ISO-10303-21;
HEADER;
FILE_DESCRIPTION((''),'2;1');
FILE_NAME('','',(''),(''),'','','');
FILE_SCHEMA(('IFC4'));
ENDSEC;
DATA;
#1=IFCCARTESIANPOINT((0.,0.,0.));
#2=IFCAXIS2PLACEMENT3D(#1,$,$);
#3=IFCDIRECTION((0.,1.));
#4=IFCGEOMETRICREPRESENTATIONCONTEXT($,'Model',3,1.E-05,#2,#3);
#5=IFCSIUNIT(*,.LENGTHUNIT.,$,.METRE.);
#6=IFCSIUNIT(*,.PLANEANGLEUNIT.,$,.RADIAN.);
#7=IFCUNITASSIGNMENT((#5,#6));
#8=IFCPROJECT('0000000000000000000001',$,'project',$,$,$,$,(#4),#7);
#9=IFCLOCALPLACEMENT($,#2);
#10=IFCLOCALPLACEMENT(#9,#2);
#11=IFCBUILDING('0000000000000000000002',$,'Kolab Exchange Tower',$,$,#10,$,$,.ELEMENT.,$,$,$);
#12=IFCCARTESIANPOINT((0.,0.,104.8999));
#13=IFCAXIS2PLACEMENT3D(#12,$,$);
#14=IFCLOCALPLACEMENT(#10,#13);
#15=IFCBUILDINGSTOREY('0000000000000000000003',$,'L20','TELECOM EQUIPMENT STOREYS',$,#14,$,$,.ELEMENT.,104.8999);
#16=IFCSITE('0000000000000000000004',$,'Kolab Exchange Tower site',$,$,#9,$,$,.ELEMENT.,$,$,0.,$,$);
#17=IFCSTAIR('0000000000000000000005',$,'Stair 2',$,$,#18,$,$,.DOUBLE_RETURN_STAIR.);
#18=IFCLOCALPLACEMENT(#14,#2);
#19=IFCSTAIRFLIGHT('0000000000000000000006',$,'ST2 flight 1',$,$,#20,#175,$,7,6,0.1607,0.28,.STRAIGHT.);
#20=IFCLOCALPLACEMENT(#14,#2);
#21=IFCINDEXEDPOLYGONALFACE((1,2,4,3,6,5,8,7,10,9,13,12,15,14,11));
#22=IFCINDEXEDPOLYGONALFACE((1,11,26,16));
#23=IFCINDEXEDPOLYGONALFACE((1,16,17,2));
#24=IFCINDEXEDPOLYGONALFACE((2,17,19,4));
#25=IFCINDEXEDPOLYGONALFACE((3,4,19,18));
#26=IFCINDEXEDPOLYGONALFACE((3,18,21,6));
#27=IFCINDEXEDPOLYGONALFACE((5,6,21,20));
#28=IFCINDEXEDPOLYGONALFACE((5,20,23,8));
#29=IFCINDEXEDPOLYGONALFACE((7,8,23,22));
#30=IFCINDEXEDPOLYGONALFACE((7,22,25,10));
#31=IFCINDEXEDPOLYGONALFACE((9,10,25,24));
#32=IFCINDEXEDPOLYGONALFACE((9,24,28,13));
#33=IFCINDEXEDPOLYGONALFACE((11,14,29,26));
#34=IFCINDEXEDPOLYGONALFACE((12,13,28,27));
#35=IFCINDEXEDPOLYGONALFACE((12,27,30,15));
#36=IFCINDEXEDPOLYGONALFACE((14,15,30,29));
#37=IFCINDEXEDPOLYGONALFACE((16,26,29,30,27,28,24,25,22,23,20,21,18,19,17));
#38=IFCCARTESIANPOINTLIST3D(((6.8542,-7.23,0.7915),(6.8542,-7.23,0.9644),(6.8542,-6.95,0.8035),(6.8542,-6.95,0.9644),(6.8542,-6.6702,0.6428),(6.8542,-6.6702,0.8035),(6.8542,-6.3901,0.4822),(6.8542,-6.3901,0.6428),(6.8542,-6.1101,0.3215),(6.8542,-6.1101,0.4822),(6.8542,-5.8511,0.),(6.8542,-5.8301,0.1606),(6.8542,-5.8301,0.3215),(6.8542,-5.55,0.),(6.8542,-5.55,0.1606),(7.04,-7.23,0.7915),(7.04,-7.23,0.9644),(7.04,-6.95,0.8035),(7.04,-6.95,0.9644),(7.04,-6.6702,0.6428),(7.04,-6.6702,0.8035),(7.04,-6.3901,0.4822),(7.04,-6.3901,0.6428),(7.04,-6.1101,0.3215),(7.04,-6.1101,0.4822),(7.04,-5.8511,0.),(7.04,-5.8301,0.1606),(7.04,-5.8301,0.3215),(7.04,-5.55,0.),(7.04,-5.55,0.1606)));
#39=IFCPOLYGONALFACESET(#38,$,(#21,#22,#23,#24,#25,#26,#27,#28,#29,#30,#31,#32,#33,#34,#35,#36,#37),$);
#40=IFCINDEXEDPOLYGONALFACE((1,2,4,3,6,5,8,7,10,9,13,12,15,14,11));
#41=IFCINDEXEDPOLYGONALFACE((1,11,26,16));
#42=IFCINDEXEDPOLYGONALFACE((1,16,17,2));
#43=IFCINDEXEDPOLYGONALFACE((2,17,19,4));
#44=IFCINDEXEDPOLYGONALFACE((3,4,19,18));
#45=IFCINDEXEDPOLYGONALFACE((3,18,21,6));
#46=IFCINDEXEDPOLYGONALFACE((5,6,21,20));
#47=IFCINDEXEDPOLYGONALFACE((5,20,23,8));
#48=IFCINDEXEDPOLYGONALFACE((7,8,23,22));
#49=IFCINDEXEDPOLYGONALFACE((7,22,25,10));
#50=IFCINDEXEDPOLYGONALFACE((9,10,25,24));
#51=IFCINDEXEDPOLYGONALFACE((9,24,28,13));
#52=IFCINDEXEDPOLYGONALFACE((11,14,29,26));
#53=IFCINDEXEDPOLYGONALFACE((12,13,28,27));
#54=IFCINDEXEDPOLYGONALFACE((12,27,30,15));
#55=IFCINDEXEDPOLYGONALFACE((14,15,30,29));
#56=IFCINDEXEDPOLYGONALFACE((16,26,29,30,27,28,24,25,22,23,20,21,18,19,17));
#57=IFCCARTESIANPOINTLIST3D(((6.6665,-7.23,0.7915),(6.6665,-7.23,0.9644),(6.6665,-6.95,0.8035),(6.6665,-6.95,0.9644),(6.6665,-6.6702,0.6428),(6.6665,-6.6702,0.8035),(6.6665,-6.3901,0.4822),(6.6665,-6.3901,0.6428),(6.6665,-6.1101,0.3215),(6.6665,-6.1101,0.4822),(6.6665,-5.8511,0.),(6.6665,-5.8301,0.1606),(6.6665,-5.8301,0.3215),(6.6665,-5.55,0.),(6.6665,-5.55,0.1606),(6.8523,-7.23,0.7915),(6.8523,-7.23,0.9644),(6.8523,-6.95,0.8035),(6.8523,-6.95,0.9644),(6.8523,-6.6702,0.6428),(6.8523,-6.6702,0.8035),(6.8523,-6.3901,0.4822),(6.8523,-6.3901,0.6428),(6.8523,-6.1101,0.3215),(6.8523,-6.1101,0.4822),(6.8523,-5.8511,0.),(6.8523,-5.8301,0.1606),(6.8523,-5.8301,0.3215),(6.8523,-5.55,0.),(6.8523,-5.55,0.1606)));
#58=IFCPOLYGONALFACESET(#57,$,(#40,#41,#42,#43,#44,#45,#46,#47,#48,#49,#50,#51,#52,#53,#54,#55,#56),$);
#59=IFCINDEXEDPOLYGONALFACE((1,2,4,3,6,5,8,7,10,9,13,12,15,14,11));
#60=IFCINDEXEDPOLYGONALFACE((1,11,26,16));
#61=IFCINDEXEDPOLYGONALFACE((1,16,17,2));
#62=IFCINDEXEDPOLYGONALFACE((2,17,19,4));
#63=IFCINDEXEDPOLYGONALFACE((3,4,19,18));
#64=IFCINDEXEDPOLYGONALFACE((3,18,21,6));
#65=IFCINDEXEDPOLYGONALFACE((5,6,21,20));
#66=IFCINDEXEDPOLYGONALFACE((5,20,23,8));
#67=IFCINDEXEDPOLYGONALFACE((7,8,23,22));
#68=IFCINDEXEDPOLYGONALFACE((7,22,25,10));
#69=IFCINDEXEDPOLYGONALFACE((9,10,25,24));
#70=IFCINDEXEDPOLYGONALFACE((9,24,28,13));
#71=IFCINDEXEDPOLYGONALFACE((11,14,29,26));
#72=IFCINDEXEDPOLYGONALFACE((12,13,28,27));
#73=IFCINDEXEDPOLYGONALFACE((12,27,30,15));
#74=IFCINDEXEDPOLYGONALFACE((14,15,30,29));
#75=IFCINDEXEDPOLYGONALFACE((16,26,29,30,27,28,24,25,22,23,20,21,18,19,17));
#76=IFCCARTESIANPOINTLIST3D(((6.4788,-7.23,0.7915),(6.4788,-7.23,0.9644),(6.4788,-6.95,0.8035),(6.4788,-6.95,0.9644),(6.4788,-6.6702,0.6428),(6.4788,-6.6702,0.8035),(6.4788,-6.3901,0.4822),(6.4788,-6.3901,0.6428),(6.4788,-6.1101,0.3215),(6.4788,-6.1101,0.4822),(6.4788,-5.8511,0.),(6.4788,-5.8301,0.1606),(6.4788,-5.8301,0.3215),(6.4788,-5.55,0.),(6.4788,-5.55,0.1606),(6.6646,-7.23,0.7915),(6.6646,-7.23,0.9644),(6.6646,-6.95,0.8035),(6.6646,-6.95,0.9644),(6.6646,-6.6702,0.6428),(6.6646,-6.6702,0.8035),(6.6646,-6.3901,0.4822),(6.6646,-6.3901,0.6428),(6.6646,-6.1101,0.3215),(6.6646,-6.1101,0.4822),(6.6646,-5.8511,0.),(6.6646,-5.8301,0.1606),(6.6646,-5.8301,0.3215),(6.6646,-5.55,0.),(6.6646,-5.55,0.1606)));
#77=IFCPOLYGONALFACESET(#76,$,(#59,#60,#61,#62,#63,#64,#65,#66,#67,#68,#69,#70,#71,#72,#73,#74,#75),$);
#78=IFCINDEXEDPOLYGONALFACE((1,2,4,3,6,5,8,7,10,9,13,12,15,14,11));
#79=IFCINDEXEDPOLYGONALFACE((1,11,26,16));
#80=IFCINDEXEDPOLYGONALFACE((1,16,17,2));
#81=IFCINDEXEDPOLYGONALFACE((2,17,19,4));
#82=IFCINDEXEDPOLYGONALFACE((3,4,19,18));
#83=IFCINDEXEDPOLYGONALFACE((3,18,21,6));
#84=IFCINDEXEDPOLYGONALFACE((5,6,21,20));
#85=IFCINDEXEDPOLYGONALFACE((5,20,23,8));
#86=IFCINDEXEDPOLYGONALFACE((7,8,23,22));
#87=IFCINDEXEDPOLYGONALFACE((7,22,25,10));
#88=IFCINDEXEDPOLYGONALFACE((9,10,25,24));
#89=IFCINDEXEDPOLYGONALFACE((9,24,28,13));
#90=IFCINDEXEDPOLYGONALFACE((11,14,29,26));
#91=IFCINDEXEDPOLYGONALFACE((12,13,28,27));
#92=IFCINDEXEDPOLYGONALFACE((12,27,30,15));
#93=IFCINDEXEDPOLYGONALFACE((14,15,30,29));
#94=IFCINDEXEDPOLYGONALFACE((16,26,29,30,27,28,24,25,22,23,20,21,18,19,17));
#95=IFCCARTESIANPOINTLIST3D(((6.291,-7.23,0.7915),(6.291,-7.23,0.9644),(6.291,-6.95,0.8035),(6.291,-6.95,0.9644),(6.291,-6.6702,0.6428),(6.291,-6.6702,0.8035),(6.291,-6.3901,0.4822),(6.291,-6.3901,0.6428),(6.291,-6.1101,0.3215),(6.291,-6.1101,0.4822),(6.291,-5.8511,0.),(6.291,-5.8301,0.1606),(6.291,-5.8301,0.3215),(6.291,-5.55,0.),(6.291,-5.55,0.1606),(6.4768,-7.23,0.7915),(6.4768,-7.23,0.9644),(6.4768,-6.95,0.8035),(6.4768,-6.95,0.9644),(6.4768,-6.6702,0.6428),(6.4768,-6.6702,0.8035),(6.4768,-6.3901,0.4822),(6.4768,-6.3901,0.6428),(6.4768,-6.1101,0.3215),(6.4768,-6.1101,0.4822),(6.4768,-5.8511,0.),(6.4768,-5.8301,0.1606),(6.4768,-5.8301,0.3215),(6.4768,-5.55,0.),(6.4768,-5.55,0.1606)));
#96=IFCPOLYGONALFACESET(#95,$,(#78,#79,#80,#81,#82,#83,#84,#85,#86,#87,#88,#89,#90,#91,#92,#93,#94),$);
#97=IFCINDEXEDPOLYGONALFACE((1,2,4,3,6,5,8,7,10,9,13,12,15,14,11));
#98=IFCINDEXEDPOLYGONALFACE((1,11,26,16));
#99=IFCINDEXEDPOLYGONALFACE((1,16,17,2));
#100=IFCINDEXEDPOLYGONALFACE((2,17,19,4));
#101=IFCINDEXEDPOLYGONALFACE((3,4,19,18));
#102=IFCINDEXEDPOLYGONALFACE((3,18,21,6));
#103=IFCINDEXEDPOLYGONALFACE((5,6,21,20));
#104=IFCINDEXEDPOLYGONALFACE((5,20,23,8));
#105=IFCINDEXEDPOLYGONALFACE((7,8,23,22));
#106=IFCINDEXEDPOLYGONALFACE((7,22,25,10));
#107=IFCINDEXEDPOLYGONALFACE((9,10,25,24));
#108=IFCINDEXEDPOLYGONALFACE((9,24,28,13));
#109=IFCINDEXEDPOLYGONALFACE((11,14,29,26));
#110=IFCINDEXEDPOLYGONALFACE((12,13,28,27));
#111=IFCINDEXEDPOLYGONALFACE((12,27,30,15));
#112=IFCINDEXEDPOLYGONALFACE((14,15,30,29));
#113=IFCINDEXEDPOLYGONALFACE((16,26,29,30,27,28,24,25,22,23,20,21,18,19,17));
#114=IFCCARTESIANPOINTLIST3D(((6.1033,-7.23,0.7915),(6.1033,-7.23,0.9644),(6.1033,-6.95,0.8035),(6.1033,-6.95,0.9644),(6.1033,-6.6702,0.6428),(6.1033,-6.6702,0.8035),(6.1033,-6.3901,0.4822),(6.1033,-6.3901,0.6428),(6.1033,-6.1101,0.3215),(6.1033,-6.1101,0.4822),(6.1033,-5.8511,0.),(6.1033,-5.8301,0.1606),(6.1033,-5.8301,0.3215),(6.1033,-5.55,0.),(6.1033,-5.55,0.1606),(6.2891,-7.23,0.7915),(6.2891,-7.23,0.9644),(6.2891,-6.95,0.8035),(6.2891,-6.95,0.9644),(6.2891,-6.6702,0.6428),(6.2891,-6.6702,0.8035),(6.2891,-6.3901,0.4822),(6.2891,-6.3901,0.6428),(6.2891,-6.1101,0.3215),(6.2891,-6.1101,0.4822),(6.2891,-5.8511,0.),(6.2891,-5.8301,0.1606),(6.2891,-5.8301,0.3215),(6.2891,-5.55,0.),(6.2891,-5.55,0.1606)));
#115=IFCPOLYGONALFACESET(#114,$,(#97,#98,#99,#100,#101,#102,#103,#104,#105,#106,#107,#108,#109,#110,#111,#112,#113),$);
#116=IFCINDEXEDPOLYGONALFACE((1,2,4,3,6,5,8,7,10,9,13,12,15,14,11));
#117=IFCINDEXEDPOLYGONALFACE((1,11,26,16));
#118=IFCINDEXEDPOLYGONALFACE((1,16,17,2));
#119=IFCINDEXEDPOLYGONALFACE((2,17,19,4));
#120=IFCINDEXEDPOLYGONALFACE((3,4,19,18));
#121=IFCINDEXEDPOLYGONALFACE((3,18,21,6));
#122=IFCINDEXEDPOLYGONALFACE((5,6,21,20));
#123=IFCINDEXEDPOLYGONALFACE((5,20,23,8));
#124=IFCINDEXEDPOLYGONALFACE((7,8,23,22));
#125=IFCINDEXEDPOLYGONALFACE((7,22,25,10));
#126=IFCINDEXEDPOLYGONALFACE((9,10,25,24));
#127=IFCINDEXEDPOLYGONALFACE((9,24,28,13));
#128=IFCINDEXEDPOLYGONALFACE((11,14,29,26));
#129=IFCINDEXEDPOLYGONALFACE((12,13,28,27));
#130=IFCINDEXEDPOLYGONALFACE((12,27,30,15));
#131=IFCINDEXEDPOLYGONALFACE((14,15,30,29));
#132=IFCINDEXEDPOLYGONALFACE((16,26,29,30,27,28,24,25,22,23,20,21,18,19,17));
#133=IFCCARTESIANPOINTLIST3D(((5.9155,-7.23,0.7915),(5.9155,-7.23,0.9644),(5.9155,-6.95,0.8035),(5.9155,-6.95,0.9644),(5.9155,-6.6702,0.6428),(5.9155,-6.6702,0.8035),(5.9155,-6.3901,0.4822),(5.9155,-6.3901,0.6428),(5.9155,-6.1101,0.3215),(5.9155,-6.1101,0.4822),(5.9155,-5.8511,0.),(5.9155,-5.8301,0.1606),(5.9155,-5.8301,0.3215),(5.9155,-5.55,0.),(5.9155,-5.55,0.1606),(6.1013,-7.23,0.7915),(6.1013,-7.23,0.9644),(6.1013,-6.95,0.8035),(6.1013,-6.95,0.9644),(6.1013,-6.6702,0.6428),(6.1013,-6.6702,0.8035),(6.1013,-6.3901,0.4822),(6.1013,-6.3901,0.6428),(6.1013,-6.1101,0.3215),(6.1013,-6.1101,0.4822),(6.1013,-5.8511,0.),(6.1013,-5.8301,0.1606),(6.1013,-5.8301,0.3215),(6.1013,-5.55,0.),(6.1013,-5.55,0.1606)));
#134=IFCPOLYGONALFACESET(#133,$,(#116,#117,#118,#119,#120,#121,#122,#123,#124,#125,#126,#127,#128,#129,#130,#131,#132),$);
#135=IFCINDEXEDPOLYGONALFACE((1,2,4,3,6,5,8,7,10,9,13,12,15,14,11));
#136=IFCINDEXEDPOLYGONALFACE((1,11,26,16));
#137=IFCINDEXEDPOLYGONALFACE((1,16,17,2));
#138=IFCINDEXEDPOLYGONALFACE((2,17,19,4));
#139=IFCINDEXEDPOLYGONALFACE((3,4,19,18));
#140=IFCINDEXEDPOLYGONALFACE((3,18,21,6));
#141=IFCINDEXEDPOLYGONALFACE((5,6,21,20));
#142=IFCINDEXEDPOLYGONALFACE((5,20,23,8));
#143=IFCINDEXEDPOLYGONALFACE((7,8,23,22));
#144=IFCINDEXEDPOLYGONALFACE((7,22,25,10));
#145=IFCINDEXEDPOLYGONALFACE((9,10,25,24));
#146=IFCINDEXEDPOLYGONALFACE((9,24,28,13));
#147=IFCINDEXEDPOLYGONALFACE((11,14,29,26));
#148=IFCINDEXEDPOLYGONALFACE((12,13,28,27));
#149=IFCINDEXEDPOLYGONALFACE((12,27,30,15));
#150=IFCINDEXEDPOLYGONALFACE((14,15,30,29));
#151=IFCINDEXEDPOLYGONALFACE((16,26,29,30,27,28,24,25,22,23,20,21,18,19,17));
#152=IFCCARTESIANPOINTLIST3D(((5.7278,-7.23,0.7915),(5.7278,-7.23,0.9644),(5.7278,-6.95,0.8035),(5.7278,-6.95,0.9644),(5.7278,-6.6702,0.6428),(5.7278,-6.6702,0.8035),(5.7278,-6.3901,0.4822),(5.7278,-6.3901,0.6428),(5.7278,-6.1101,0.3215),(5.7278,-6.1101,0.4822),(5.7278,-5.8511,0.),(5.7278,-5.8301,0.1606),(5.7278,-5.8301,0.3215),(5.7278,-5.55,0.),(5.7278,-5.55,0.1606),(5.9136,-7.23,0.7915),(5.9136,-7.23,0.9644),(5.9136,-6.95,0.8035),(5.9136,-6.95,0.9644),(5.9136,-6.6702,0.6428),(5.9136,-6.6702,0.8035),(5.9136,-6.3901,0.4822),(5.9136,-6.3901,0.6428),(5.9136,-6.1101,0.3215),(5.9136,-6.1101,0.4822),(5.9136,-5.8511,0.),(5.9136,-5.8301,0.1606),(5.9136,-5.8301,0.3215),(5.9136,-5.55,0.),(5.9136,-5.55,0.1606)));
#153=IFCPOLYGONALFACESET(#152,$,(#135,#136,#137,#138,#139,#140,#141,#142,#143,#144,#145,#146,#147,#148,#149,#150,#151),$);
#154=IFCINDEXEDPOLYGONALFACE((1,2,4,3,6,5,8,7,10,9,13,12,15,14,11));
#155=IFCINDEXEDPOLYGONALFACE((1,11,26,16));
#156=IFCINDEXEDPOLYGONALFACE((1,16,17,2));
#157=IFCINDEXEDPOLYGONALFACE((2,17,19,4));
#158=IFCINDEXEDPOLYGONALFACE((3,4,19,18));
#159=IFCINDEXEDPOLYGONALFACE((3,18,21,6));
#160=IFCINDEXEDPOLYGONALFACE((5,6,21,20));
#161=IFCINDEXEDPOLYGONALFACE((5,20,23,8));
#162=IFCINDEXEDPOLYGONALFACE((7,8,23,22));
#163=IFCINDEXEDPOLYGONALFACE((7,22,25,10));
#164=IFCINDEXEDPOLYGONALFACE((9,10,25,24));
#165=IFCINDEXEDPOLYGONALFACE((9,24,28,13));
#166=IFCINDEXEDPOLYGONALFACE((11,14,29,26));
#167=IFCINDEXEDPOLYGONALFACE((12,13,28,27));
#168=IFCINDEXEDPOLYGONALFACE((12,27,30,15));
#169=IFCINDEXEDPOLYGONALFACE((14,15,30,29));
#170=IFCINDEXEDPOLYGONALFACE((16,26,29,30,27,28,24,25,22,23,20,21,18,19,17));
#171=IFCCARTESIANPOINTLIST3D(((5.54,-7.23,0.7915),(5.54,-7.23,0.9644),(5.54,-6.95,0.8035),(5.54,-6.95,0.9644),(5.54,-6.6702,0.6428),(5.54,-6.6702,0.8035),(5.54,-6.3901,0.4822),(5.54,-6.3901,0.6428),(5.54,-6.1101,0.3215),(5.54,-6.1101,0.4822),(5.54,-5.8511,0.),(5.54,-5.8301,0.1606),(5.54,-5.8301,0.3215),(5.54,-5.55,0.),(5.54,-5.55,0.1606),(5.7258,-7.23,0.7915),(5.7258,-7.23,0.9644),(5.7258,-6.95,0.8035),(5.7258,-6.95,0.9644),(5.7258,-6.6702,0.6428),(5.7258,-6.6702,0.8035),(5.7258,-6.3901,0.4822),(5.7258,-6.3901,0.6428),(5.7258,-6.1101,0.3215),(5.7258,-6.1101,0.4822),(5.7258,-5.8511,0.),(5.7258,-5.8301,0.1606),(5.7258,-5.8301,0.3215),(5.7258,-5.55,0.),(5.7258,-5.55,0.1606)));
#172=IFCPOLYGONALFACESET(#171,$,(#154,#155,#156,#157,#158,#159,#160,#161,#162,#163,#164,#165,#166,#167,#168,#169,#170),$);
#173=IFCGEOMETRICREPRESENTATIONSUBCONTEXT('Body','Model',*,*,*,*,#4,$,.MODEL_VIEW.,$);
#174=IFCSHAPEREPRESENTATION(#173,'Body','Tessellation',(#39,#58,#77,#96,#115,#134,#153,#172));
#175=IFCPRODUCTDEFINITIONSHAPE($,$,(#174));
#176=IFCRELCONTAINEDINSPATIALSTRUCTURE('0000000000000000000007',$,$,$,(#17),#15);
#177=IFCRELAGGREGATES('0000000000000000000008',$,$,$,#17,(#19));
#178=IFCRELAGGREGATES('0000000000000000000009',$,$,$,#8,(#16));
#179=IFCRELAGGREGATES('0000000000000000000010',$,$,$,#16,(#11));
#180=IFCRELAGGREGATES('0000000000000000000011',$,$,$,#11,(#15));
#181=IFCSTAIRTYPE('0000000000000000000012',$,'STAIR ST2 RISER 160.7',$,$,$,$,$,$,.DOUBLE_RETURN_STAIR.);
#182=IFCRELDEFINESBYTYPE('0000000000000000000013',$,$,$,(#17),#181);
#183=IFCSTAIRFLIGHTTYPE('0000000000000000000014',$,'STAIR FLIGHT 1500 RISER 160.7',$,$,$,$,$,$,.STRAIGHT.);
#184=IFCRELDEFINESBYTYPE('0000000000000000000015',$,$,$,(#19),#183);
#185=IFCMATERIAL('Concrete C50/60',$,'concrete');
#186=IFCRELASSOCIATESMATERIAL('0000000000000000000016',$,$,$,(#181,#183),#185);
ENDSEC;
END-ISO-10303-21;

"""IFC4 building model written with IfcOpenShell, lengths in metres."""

from ifc_helpers import new_model, si_unit, direction, frame, origin, place, context, subcontext, project, spatial, polyline, outline, extrude, material, type_object, element, aggregate, save


model = new_model("IFC4")

# Units and contexts
model_context = context("Model", 3, precision=1e-05, world=origin(), true_north=direction((0.0, 1.0)))
body_context = subcontext(model_context, "Body", "Model", "MODEL_VIEW")
ifc_project = project(units=[si_unit("LENGTHUNIT", "METRE"), si_unit("PLANEANGLEUNIT", "RADIAN")], contexts=[model_context])

# Site, building, storey
site_placement = place(None, origin())
site = spatial("IfcSite", under=ifc_project, at=site_placement, Name="Kolab Exchange Tower site", CompositionType="ELEMENT", RefElevation=0.0)
building_placement = place(site_placement, origin())
building = spatial("IfcBuilding", under=site, at=building_placement, Name="Kolab Exchange Tower", CompositionType="ELEMENT")
storey_placement = place(building_placement, frame((0.0, 0.0, 104.8999)))
storey = spatial("IfcBuildingStorey", under=building, at=storey_placement, Name="L20", Description="TELECOM EQUIPMENT STOREYS", CompositionType="ELEMENT", Elevation=104.8999)

# Shared definitions
ifc_material_1 = material(Name="Concrete C50/60", Category="concrete")

# Stair, stair flight
stair_type = type_object("IfcStairType", Name="STAIR ST2 RISER 160.7", PredefinedType="DOUBLE_RETURN_STAIR", material=ifc_material_1)
stair_placement = place(storey_placement, origin())
stair = element("IfcStair", 1, at=stair_placement, inside=storey, type_object=stair_type, Name="Stair 2", PredefinedType="DOUBLE_RETURN_STAIR")
stair_flight_type = type_object("IfcStairFlightType", Name="STAIR FLIGHT 1500 RISER 160.7", PredefinedType="STRAIGHT", material=ifc_material_1)
stair_flight_1_placement = place(storey_placement, frame((6.29, -5.55, 0.0), z_axis=(0.0, 0.0, 1.0), x_axis=(0.0, -1.0, 0.0)))
stair_flight_1 = element("IfcStairFlight", 2, at=stair_flight_1_placement, type_object=stair_flight_type, Name="ST2 flight 1", NumberOfRisers=7, NumberOfTreads=6, PredefinedType="STRAIGHT", RiserHeight=0.1607, TreadLength=0.28, context=body_context, shape_type="SweptSolid", body=[
    extrude(outline(polyline([(0.0, 0.0), (0.0, 0.1606), (0.28, 0.1606), (0.28, 0.3215), (0.5601, 0.3215), (0.5601, 0.4822), (0.8401, 0.4822), (0.8401, 0.6428), (1.1201, 0.6428), (1.1201, 0.8035), (1.3999, 0.8035), (1.3999, 0.9644), (1.6799, 0.9644), (1.6799, 1.125), (1.6799, 0.7915), (0.301, 0.0), (0.0, 0.0)])), frame((0.0, 0.75, 0.0), z_axis=(0.0, -1.0, 0.0), x_axis=(1.0, 0.0, 0.0)), (0.0, 0.0, 1.0), 0.1858),
    extrude(outline(polyline([(0.0, 0.0), (0.0, 0.1606), (0.28, 0.1606), (0.28, 0.3215), (0.5601, 0.3215), (0.5601, 0.4822), (0.8401, 0.4822), (0.8401, 0.6428), (1.1201, 0.6428), (1.1201, 0.8035), (1.3999, 0.8035), (1.3999, 0.9644), (1.6799, 0.9644), (1.6799, 1.125), (1.6799, 0.7915), (0.301, 0.0), (0.0, 0.0)])), frame((0.0, 0.5623, 0.0), z_axis=(0.0, -1.0, 0.0), x_axis=(1.0, 0.0, 0.0)), (0.0, 0.0, 1.0), 0.1858),
    extrude(outline(polyline([(0.0, 0.0), (0.0, 0.1606), (0.28, 0.1606), (0.28, 0.3215), (0.5601, 0.3215), (0.5601, 0.4822), (0.8401, 0.4822), (0.8401, 0.6428), (1.1201, 0.6428), (1.1201, 0.8035), (1.3999, 0.8035), (1.3999, 0.9644), (1.6799, 0.9644), (1.6799, 1.125), (1.6799, 0.7915), (0.301, 0.0), (0.0, 0.0)])), frame((0.0, 0.3745, 0.0), z_axis=(0.0, -1.0, 0.0), x_axis=(1.0, 0.0, 0.0)), (0.0, 0.0, 1.0), 0.1858),
    extrude(outline(polyline([(0.0, 0.0), (0.0, 0.1606), (0.28, 0.1606), (0.28, 0.3215), (0.5601, 0.3215), (0.5601, 0.4822), (0.8401, 0.4822), (0.8401, 0.6428), (1.1201, 0.6428), (1.1201, 0.8035), (1.3999, 0.8035), (1.3999, 0.9644), (1.6799, 0.9644), (1.6799, 1.125), (1.6799, 0.7915), (0.301, 0.0), (0.0, 0.0)])), frame((0.0, 0.1868, 0.0), z_axis=(0.0, -1.0, 0.0), x_axis=(1.0, 0.0, 0.0)), (0.0, 0.0, 1.0), 0.1858),
    extrude(outline(polyline([(0.0, 0.0), (0.0, 0.1606), (0.28, 0.1606), (0.28, 0.3215), (0.5601, 0.3215), (0.5601, 0.4822), (0.8401, 0.4822), (0.8401, 0.6428), (1.1201, 0.6428), (1.1201, 0.8035), (1.3999, 0.8035), (1.3999, 0.9644), (1.6799, 0.9644), (1.6799, 1.125), (1.6799, 0.7915), (0.301, 0.0), (0.0, 0.0)])), frame((0.0, -0.001, 0.0), z_axis=(0.0, -1.0, 0.0), x_axis=(1.0, 0.0, 0.0)), (0.0, 0.0, 1.0), 0.1858),
    extrude(outline(polyline([(0.0, 0.0), (0.0, 0.1606), (0.28, 0.1606), (0.28, 0.3215), (0.5601, 0.3215), (0.5601, 0.4822), (0.8401, 0.4822), (0.8401, 0.6428), (1.1201, 0.6428), (1.1201, 0.8035), (1.3999, 0.8035), (1.3999, 0.9644), (1.6799, 0.9644), (1.6799, 1.125), (1.6799, 0.7915), (0.301, 0.0), (0.0, 0.0)])), frame((0.0, -0.1887, 0.0), z_axis=(0.0, -1.0, 0.0), x_axis=(1.0, 0.0, 0.0)), (0.0, 0.0, 1.0), 0.1858),
    extrude(outline(polyline([(0.0, 0.0), (0.0, 0.1606), (0.28, 0.1606), (0.28, 0.3215), (0.5601, 0.3215), (0.5601, 0.4822), (0.8401, 0.4822), (0.8401, 0.6428), (1.1201, 0.6428), (1.1201, 0.8035), (1.3999, 0.8035), (1.3999, 0.9644), (1.6799, 0.9644), (1.6799, 1.125), (1.6799, 0.7915), (0.301, 0.0), (0.0, 0.0)])), frame((0.0, -0.3765, 0.0), z_axis=(0.0, -1.0, 0.0), x_axis=(1.0, 0.0, 0.0)), (0.0, 0.0, 1.0), 0.1858),
    extrude(outline(polyline([(0.0, 0.0), (0.0, 0.1606), (0.28, 0.1606), (0.28, 0.3215), (0.5601, 0.3215), (0.5601, 0.4822), (0.8401, 0.4822), (0.8401, 0.6428), (1.1201, 0.6428), (1.1201, 0.8035), (1.3999, 0.8035), (1.3999, 0.9644), (1.6799, 0.9644), (1.6799, 1.125), (1.6799, 0.7915), (0.301, 0.0), (0.0, 0.0)])), frame((0.0, -0.5642, 0.0), z_axis=(0.0, -1.0, 0.0), x_axis=(1.0, 0.0, 0.0)), (0.0, 0.0, 1.0), 0.1858),
])
aggregate(stair, [stair_flight_1])

save(model, "model.ifc")
